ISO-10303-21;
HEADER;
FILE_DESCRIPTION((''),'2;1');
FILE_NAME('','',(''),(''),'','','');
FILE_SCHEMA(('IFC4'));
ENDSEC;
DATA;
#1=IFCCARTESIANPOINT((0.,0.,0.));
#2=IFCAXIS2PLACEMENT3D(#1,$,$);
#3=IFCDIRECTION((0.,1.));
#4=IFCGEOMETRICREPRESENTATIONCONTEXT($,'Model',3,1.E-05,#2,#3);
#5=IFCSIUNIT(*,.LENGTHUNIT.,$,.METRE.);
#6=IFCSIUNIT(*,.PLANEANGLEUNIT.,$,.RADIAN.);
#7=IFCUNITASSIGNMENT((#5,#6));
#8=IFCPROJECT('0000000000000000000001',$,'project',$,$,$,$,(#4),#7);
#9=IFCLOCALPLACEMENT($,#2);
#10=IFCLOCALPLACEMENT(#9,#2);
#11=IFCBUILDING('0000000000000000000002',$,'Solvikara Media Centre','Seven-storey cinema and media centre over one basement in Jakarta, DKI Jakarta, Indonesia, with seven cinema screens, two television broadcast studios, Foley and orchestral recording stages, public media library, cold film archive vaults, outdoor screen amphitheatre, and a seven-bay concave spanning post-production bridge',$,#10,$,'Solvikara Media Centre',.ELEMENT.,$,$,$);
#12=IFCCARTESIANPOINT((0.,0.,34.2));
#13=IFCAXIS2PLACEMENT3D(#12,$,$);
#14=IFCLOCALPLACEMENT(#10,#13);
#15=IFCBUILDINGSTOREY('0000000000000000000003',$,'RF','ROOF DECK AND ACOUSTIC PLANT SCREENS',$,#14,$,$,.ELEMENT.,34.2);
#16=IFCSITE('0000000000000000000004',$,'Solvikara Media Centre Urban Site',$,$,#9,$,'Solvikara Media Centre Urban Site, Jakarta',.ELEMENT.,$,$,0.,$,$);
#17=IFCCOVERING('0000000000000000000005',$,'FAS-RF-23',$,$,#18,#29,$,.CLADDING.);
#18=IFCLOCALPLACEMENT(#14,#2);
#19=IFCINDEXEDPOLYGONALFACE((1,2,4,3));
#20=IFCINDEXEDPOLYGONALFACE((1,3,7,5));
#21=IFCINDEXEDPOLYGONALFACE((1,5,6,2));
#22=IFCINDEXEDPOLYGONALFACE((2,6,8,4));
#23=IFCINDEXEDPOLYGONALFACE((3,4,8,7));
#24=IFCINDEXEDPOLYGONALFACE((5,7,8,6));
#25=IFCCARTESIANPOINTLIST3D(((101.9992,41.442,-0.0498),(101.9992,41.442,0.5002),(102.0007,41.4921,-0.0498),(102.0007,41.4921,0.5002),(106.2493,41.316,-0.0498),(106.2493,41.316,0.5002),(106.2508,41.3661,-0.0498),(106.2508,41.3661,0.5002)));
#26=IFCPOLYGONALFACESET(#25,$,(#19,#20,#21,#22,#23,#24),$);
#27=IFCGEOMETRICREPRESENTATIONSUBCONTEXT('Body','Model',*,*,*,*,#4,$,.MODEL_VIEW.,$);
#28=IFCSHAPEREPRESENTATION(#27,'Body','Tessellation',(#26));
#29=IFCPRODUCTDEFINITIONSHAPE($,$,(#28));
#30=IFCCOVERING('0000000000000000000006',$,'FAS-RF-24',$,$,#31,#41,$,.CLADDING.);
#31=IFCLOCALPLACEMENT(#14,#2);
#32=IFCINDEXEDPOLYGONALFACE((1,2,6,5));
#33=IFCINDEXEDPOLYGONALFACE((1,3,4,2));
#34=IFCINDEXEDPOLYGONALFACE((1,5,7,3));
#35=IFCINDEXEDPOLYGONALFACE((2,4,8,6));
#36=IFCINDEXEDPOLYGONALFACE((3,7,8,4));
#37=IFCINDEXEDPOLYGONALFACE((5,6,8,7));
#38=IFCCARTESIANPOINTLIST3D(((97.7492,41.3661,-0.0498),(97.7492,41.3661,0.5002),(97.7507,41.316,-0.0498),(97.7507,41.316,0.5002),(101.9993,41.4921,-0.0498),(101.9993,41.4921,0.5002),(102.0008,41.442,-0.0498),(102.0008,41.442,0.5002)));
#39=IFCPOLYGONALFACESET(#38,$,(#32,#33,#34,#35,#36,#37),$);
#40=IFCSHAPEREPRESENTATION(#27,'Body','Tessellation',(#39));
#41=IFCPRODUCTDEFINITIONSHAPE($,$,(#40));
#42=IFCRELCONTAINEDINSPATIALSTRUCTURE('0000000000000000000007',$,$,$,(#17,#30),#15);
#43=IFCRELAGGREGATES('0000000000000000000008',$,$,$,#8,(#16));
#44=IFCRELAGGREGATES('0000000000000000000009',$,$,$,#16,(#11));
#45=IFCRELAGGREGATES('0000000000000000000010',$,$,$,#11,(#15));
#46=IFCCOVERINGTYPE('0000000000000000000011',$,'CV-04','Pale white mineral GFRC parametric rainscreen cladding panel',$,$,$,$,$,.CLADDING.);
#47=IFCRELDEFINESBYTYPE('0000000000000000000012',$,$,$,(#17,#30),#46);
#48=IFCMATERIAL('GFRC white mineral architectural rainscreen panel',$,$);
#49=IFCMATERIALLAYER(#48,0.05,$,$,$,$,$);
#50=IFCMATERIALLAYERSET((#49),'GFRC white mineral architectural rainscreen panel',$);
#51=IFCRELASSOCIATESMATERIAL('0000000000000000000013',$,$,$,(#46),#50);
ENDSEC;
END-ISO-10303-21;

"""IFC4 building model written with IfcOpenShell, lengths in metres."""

from ifc_helpers import new_model, si_unit, direction, frame, origin, origin_2d, place, context, subcontext, project, spatial, rectangle, extrude, material, layer, layer_set, type_object, element, save


model = new_model("IFC4")

# Units and contexts
model_context = context("Model", 3, precision=1e-05, world=origin(), true_north=direction((0.0, 1.0)))
body_context = subcontext(model_context, "Body", "Model", "MODEL_VIEW")
ifc_project = project(units=[si_unit("LENGTHUNIT", "METRE"), si_unit("PLANEANGLEUNIT", "RADIAN")], contexts=[model_context])

# Site, building, storey
site_placement = place(None, origin())
site = spatial("IfcSite", under=ifc_project, at=site_placement, Name="Solvikara Media Centre Urban Site", LongName="Solvikara Media Centre Urban Site, Jakarta", CompositionType="ELEMENT", RefElevation=0.0)
building_placement = place(site_placement, origin())
building = spatial("IfcBuilding", under=site, at=building_placement, Name="Solvikara Media Centre", Description="Seven-storey cinema and media centre over one basement in Jakarta, DKI Jakarta, Indonesia, with seven cinema screens, two television broadcast studios, Foley and orchestral recording stages, public media library, cold film archive vaults, outdoor screen amphitheatre, and a seven-bay concave spanning post-production bridge", LongName="Solvikara Media Centre", CompositionType="ELEMENT")
storey_placement = place(building_placement, frame((0.0, 0.0, 34.2)))
storey = spatial("IfcBuildingStorey", under=building, at=storey_placement, Name="RF", Description="ROOF DECK AND ACOUSTIC PLANT SCREENS", CompositionType="ELEMENT", Elevation=34.2)

# Coverings
ifc_material_1 = material(Name="GFRC white mineral architectural rainscreen panel")
ifc_layer = layer(ifc_material_1, 0.05)
ifc_layer_set = layer_set([ifc_layer], Name="GFRC white mineral architectural rainscreen panel")
covering_type = type_object("IfcCoveringType", Name="CV-04", Description="Pale white mineral GFRC parametric rainscreen cladding panel", PredefinedType="CLADDING", material=ifc_layer_set)
for number, where, z_axis, x_axis, name in (
    (1, (104.125, 41.4041, -0.0498), (0.0, 0.0, 1.0), (-0.999561, 0.029631, 0.0), "FAS-RF-23"),
    (2, (99.875, 41.4041, -0.0498), (0.0, 0.0, 1.0), (-0.999561, -0.029631, 0.0), "FAS-RF-24"),
):
    element("IfcCovering", number, at=place(storey_placement, frame(where, z_axis=z_axis, x_axis=x_axis)), inside=storey, type_object=covering_type, Name=name, PredefinedType="CLADDING", context=body_context, shape_type="SweptSolid", body=[
        extrude(rectangle(XDim=4.252, YDim=0.05, at=origin_2d()), origin(), (0.0, 0.0, 1.0), 0.55),
    ])

save(model, "model.ifc")
